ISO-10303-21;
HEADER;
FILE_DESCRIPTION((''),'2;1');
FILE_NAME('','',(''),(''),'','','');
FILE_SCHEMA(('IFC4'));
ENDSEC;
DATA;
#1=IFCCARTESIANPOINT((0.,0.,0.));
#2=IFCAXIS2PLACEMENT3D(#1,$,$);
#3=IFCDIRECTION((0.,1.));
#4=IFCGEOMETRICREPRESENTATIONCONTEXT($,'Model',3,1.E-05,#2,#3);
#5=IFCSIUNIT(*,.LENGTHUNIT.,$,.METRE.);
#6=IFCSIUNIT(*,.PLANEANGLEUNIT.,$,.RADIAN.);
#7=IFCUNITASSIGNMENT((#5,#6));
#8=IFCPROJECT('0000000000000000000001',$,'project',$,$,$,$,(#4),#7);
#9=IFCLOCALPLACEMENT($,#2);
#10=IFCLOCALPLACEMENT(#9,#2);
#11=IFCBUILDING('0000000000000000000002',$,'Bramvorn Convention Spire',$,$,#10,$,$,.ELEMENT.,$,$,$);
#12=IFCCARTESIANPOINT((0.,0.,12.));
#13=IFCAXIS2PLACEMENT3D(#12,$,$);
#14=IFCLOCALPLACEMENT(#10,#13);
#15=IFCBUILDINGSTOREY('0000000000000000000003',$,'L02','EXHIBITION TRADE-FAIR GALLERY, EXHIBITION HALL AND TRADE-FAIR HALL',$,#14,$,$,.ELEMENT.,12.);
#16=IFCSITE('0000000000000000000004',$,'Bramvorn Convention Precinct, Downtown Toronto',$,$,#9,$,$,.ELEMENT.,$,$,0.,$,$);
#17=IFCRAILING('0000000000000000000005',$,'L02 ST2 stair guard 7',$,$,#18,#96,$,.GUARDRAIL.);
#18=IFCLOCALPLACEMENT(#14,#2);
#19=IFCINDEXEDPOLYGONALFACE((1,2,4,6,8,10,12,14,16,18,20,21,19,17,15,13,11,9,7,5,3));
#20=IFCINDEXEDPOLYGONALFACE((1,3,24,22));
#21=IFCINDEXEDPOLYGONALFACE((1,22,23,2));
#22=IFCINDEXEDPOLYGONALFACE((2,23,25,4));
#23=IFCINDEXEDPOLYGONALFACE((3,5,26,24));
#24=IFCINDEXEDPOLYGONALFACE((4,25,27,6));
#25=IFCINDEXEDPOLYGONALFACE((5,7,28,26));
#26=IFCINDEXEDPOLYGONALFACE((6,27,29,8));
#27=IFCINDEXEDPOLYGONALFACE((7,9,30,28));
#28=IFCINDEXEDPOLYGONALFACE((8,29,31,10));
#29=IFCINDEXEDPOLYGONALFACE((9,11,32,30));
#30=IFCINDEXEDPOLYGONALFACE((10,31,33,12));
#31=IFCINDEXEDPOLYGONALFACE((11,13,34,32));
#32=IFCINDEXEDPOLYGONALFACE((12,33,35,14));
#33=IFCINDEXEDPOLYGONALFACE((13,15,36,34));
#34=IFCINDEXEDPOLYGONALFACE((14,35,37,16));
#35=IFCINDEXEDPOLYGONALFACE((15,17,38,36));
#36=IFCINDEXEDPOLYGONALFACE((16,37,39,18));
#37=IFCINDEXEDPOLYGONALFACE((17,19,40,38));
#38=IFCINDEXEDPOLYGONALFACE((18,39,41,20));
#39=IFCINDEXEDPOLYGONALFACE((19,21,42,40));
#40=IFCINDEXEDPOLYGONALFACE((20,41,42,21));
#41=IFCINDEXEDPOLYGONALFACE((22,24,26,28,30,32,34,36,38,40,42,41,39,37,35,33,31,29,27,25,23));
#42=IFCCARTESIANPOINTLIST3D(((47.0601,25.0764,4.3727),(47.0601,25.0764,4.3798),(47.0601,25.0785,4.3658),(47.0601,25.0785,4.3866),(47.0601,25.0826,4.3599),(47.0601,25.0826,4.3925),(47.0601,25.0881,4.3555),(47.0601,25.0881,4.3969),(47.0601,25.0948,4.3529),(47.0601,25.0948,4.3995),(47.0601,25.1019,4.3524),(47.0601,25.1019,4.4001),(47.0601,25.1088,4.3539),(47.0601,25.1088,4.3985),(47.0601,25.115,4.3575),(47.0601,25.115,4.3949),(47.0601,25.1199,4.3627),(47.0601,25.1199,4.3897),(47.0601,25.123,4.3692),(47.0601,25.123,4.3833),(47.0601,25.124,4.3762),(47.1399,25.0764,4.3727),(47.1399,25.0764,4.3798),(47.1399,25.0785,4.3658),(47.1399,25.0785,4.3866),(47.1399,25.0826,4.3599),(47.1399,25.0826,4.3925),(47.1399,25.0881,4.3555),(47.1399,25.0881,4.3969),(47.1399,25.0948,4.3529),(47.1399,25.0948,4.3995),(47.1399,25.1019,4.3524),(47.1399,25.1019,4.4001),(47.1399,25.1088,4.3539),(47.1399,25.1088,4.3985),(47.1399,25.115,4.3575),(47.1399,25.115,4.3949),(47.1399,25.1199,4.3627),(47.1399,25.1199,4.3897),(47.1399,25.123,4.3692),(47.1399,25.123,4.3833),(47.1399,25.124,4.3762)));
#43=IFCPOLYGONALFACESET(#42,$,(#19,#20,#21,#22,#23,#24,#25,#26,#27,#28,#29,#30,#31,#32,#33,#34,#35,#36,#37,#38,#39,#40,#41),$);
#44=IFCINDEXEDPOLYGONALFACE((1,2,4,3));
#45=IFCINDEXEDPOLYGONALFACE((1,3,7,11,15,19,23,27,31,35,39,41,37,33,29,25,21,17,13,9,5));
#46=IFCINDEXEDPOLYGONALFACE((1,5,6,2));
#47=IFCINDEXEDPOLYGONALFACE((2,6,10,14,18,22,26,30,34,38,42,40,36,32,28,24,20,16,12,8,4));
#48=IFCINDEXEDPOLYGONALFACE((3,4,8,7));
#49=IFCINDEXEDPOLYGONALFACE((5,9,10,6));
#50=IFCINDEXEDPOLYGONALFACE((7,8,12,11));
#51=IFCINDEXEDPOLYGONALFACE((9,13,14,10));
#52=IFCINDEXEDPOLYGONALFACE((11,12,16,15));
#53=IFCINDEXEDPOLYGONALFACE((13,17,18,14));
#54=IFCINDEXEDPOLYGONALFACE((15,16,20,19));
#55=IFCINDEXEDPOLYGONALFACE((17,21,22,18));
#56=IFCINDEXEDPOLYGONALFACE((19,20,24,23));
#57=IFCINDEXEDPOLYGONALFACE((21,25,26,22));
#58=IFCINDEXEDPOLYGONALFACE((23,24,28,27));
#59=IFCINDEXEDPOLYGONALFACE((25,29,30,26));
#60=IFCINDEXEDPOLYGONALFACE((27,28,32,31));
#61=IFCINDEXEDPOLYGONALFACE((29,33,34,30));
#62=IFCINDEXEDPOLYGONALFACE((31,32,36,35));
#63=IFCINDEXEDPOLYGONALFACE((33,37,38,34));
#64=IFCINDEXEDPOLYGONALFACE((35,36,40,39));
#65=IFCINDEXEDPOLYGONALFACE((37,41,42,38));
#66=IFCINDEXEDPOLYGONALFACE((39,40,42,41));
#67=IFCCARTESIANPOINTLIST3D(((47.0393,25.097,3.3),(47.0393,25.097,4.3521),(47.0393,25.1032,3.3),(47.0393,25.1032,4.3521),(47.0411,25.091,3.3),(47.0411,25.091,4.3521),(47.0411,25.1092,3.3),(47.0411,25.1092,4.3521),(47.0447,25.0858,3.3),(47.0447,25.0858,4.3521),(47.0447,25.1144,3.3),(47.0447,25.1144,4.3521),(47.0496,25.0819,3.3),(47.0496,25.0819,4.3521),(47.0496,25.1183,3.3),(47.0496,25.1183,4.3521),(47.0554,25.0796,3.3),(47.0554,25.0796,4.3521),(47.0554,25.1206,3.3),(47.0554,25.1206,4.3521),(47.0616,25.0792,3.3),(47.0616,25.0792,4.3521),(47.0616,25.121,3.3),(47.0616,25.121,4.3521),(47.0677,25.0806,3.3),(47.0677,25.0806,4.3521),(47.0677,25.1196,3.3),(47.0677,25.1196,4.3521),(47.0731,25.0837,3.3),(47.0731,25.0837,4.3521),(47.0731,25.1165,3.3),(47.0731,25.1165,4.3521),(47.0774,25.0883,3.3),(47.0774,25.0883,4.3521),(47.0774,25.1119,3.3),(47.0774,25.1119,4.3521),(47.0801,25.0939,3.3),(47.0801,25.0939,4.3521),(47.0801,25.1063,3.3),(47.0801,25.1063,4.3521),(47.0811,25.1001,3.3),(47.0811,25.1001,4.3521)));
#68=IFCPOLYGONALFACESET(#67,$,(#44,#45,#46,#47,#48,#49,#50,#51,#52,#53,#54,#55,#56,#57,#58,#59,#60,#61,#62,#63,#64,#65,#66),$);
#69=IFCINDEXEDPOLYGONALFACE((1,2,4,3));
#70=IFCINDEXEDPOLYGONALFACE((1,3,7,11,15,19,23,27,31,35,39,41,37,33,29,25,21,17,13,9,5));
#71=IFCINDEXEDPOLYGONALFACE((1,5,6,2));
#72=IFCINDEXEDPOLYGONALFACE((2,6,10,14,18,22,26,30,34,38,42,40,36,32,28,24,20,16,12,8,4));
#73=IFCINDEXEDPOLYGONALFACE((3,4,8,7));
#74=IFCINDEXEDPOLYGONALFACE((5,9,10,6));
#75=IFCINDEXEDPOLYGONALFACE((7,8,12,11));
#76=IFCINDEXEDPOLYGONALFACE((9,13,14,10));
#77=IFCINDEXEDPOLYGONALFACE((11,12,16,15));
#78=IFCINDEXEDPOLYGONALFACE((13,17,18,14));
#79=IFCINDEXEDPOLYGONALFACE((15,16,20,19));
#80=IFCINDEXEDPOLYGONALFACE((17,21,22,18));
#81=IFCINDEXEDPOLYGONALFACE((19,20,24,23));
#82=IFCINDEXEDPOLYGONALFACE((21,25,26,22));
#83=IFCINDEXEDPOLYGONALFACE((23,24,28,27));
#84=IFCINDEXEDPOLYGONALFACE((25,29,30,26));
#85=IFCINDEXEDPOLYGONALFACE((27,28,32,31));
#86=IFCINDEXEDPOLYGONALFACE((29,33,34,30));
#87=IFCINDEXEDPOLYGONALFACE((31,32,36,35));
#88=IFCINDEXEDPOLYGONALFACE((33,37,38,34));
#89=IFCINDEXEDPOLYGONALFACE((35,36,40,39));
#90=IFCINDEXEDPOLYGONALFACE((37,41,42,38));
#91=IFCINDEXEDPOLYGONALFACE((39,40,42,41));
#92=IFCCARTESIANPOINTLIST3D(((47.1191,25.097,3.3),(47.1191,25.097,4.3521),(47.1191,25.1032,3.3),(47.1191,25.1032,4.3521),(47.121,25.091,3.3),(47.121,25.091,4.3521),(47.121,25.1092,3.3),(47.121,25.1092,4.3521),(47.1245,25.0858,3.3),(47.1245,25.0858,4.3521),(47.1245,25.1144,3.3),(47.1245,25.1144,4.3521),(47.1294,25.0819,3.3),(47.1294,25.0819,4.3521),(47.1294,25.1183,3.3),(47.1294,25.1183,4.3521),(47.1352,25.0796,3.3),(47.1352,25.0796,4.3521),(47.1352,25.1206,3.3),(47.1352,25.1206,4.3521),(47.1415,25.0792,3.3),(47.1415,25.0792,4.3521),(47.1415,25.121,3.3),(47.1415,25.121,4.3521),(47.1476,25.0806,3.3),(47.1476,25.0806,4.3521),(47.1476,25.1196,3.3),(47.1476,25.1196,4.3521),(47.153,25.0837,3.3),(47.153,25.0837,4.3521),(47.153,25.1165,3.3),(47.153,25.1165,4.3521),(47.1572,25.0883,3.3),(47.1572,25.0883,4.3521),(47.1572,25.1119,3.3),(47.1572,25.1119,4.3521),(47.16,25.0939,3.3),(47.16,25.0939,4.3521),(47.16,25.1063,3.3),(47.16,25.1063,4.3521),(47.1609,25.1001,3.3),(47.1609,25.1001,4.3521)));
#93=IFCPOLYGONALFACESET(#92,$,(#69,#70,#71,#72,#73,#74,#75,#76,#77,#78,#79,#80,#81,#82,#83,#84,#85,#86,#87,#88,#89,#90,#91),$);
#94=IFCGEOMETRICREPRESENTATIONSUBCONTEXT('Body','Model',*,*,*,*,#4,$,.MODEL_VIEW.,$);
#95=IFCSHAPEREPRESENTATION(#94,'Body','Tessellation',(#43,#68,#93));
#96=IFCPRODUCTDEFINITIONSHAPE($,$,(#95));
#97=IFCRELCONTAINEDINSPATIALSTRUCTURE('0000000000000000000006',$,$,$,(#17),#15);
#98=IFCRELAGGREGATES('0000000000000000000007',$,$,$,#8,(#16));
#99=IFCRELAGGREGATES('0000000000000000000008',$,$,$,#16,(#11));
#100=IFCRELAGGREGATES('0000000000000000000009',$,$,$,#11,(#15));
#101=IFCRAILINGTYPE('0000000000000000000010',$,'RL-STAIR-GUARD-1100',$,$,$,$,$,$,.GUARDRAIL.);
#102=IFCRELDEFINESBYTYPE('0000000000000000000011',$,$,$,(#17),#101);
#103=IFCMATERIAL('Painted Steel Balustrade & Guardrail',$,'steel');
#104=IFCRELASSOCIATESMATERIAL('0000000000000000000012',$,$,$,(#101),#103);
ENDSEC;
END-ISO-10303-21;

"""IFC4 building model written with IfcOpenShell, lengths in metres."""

from ifc_helpers import new_model, si_unit, direction, frame, origin, origin_2d, place, context, subcontext, project, spatial, circle, extrude, material, type_object, element, save


model = new_model("IFC4")

# Units and contexts
model_context = context("Model", 3, precision=1e-05, world=origin(), true_north=direction((0.0, 1.0)))
body_context = subcontext(model_context, "Body", "Model", "MODEL_VIEW")
ifc_project = project(units=[si_unit("LENGTHUNIT", "METRE"), si_unit("PLANEANGLEUNIT", "RADIAN")], contexts=[model_context])

# Site, building, storey
site_placement = place(None, origin())
site = spatial("IfcSite", under=ifc_project, at=site_placement, Name="Bramvorn Convention Precinct, Downtown Toronto", CompositionType="ELEMENT", RefElevation=0.0)
building_placement = place(site_placement, origin())
building = spatial("IfcBuilding", under=site, at=building_placement, Name="Bramvorn Convention Spire", CompositionType="ELEMENT")
storey_placement = place(building_placement, frame((0.0, 0.0, 12.0)))
storey = spatial("IfcBuildingStorey", under=building, at=storey_placement, Name="L02", Description="EXHIBITION TRADE-FAIR GALLERY, EXHIBITION HALL AND TRADE-FAIR HALL", CompositionType="ELEMENT", Elevation=12.0)

# Railing
ifc_material_1 = material(Name="Painted Steel Balustrade & Guardrail", Category="steel")
railing_type_1 = type_object("IfcRailingType", Name="RL-STAIR-GUARD-1100", PredefinedType="GUARDRAIL", material=ifc_material_1)
railing_1_placement = place(storey_placement, frame((47.0601, 25.1001, 3.3)))
element("IfcRailing", 1, at=railing_1_placement, inside=storey, type_object=railing_type_1, Name="L02 ST2 stair guard 7", PredefinedType="GUARDRAIL", context=body_context, shape_type="SweptSolid", body=[
    extrude(circle(Radius=0.0239, at=origin_2d()), frame((0.0, 0.0, 1.0762), z_axis=(1.0, 0.0, 0.0), x_axis=(0.0, 1.0, 0.0)), (0.0, 0.0, 1.0), 0.0798),
    extrude(circle(Radius=0.021, at=origin_2d()), origin(), (0.0, 0.0, 1.0), 1.052),
    extrude(circle(Radius=0.021, at=origin_2d()), frame((0.0798, 0.0, 0.0)), (0.0, 0.0, 1.0), 1.052),
])

save(model, "model.ifc")
